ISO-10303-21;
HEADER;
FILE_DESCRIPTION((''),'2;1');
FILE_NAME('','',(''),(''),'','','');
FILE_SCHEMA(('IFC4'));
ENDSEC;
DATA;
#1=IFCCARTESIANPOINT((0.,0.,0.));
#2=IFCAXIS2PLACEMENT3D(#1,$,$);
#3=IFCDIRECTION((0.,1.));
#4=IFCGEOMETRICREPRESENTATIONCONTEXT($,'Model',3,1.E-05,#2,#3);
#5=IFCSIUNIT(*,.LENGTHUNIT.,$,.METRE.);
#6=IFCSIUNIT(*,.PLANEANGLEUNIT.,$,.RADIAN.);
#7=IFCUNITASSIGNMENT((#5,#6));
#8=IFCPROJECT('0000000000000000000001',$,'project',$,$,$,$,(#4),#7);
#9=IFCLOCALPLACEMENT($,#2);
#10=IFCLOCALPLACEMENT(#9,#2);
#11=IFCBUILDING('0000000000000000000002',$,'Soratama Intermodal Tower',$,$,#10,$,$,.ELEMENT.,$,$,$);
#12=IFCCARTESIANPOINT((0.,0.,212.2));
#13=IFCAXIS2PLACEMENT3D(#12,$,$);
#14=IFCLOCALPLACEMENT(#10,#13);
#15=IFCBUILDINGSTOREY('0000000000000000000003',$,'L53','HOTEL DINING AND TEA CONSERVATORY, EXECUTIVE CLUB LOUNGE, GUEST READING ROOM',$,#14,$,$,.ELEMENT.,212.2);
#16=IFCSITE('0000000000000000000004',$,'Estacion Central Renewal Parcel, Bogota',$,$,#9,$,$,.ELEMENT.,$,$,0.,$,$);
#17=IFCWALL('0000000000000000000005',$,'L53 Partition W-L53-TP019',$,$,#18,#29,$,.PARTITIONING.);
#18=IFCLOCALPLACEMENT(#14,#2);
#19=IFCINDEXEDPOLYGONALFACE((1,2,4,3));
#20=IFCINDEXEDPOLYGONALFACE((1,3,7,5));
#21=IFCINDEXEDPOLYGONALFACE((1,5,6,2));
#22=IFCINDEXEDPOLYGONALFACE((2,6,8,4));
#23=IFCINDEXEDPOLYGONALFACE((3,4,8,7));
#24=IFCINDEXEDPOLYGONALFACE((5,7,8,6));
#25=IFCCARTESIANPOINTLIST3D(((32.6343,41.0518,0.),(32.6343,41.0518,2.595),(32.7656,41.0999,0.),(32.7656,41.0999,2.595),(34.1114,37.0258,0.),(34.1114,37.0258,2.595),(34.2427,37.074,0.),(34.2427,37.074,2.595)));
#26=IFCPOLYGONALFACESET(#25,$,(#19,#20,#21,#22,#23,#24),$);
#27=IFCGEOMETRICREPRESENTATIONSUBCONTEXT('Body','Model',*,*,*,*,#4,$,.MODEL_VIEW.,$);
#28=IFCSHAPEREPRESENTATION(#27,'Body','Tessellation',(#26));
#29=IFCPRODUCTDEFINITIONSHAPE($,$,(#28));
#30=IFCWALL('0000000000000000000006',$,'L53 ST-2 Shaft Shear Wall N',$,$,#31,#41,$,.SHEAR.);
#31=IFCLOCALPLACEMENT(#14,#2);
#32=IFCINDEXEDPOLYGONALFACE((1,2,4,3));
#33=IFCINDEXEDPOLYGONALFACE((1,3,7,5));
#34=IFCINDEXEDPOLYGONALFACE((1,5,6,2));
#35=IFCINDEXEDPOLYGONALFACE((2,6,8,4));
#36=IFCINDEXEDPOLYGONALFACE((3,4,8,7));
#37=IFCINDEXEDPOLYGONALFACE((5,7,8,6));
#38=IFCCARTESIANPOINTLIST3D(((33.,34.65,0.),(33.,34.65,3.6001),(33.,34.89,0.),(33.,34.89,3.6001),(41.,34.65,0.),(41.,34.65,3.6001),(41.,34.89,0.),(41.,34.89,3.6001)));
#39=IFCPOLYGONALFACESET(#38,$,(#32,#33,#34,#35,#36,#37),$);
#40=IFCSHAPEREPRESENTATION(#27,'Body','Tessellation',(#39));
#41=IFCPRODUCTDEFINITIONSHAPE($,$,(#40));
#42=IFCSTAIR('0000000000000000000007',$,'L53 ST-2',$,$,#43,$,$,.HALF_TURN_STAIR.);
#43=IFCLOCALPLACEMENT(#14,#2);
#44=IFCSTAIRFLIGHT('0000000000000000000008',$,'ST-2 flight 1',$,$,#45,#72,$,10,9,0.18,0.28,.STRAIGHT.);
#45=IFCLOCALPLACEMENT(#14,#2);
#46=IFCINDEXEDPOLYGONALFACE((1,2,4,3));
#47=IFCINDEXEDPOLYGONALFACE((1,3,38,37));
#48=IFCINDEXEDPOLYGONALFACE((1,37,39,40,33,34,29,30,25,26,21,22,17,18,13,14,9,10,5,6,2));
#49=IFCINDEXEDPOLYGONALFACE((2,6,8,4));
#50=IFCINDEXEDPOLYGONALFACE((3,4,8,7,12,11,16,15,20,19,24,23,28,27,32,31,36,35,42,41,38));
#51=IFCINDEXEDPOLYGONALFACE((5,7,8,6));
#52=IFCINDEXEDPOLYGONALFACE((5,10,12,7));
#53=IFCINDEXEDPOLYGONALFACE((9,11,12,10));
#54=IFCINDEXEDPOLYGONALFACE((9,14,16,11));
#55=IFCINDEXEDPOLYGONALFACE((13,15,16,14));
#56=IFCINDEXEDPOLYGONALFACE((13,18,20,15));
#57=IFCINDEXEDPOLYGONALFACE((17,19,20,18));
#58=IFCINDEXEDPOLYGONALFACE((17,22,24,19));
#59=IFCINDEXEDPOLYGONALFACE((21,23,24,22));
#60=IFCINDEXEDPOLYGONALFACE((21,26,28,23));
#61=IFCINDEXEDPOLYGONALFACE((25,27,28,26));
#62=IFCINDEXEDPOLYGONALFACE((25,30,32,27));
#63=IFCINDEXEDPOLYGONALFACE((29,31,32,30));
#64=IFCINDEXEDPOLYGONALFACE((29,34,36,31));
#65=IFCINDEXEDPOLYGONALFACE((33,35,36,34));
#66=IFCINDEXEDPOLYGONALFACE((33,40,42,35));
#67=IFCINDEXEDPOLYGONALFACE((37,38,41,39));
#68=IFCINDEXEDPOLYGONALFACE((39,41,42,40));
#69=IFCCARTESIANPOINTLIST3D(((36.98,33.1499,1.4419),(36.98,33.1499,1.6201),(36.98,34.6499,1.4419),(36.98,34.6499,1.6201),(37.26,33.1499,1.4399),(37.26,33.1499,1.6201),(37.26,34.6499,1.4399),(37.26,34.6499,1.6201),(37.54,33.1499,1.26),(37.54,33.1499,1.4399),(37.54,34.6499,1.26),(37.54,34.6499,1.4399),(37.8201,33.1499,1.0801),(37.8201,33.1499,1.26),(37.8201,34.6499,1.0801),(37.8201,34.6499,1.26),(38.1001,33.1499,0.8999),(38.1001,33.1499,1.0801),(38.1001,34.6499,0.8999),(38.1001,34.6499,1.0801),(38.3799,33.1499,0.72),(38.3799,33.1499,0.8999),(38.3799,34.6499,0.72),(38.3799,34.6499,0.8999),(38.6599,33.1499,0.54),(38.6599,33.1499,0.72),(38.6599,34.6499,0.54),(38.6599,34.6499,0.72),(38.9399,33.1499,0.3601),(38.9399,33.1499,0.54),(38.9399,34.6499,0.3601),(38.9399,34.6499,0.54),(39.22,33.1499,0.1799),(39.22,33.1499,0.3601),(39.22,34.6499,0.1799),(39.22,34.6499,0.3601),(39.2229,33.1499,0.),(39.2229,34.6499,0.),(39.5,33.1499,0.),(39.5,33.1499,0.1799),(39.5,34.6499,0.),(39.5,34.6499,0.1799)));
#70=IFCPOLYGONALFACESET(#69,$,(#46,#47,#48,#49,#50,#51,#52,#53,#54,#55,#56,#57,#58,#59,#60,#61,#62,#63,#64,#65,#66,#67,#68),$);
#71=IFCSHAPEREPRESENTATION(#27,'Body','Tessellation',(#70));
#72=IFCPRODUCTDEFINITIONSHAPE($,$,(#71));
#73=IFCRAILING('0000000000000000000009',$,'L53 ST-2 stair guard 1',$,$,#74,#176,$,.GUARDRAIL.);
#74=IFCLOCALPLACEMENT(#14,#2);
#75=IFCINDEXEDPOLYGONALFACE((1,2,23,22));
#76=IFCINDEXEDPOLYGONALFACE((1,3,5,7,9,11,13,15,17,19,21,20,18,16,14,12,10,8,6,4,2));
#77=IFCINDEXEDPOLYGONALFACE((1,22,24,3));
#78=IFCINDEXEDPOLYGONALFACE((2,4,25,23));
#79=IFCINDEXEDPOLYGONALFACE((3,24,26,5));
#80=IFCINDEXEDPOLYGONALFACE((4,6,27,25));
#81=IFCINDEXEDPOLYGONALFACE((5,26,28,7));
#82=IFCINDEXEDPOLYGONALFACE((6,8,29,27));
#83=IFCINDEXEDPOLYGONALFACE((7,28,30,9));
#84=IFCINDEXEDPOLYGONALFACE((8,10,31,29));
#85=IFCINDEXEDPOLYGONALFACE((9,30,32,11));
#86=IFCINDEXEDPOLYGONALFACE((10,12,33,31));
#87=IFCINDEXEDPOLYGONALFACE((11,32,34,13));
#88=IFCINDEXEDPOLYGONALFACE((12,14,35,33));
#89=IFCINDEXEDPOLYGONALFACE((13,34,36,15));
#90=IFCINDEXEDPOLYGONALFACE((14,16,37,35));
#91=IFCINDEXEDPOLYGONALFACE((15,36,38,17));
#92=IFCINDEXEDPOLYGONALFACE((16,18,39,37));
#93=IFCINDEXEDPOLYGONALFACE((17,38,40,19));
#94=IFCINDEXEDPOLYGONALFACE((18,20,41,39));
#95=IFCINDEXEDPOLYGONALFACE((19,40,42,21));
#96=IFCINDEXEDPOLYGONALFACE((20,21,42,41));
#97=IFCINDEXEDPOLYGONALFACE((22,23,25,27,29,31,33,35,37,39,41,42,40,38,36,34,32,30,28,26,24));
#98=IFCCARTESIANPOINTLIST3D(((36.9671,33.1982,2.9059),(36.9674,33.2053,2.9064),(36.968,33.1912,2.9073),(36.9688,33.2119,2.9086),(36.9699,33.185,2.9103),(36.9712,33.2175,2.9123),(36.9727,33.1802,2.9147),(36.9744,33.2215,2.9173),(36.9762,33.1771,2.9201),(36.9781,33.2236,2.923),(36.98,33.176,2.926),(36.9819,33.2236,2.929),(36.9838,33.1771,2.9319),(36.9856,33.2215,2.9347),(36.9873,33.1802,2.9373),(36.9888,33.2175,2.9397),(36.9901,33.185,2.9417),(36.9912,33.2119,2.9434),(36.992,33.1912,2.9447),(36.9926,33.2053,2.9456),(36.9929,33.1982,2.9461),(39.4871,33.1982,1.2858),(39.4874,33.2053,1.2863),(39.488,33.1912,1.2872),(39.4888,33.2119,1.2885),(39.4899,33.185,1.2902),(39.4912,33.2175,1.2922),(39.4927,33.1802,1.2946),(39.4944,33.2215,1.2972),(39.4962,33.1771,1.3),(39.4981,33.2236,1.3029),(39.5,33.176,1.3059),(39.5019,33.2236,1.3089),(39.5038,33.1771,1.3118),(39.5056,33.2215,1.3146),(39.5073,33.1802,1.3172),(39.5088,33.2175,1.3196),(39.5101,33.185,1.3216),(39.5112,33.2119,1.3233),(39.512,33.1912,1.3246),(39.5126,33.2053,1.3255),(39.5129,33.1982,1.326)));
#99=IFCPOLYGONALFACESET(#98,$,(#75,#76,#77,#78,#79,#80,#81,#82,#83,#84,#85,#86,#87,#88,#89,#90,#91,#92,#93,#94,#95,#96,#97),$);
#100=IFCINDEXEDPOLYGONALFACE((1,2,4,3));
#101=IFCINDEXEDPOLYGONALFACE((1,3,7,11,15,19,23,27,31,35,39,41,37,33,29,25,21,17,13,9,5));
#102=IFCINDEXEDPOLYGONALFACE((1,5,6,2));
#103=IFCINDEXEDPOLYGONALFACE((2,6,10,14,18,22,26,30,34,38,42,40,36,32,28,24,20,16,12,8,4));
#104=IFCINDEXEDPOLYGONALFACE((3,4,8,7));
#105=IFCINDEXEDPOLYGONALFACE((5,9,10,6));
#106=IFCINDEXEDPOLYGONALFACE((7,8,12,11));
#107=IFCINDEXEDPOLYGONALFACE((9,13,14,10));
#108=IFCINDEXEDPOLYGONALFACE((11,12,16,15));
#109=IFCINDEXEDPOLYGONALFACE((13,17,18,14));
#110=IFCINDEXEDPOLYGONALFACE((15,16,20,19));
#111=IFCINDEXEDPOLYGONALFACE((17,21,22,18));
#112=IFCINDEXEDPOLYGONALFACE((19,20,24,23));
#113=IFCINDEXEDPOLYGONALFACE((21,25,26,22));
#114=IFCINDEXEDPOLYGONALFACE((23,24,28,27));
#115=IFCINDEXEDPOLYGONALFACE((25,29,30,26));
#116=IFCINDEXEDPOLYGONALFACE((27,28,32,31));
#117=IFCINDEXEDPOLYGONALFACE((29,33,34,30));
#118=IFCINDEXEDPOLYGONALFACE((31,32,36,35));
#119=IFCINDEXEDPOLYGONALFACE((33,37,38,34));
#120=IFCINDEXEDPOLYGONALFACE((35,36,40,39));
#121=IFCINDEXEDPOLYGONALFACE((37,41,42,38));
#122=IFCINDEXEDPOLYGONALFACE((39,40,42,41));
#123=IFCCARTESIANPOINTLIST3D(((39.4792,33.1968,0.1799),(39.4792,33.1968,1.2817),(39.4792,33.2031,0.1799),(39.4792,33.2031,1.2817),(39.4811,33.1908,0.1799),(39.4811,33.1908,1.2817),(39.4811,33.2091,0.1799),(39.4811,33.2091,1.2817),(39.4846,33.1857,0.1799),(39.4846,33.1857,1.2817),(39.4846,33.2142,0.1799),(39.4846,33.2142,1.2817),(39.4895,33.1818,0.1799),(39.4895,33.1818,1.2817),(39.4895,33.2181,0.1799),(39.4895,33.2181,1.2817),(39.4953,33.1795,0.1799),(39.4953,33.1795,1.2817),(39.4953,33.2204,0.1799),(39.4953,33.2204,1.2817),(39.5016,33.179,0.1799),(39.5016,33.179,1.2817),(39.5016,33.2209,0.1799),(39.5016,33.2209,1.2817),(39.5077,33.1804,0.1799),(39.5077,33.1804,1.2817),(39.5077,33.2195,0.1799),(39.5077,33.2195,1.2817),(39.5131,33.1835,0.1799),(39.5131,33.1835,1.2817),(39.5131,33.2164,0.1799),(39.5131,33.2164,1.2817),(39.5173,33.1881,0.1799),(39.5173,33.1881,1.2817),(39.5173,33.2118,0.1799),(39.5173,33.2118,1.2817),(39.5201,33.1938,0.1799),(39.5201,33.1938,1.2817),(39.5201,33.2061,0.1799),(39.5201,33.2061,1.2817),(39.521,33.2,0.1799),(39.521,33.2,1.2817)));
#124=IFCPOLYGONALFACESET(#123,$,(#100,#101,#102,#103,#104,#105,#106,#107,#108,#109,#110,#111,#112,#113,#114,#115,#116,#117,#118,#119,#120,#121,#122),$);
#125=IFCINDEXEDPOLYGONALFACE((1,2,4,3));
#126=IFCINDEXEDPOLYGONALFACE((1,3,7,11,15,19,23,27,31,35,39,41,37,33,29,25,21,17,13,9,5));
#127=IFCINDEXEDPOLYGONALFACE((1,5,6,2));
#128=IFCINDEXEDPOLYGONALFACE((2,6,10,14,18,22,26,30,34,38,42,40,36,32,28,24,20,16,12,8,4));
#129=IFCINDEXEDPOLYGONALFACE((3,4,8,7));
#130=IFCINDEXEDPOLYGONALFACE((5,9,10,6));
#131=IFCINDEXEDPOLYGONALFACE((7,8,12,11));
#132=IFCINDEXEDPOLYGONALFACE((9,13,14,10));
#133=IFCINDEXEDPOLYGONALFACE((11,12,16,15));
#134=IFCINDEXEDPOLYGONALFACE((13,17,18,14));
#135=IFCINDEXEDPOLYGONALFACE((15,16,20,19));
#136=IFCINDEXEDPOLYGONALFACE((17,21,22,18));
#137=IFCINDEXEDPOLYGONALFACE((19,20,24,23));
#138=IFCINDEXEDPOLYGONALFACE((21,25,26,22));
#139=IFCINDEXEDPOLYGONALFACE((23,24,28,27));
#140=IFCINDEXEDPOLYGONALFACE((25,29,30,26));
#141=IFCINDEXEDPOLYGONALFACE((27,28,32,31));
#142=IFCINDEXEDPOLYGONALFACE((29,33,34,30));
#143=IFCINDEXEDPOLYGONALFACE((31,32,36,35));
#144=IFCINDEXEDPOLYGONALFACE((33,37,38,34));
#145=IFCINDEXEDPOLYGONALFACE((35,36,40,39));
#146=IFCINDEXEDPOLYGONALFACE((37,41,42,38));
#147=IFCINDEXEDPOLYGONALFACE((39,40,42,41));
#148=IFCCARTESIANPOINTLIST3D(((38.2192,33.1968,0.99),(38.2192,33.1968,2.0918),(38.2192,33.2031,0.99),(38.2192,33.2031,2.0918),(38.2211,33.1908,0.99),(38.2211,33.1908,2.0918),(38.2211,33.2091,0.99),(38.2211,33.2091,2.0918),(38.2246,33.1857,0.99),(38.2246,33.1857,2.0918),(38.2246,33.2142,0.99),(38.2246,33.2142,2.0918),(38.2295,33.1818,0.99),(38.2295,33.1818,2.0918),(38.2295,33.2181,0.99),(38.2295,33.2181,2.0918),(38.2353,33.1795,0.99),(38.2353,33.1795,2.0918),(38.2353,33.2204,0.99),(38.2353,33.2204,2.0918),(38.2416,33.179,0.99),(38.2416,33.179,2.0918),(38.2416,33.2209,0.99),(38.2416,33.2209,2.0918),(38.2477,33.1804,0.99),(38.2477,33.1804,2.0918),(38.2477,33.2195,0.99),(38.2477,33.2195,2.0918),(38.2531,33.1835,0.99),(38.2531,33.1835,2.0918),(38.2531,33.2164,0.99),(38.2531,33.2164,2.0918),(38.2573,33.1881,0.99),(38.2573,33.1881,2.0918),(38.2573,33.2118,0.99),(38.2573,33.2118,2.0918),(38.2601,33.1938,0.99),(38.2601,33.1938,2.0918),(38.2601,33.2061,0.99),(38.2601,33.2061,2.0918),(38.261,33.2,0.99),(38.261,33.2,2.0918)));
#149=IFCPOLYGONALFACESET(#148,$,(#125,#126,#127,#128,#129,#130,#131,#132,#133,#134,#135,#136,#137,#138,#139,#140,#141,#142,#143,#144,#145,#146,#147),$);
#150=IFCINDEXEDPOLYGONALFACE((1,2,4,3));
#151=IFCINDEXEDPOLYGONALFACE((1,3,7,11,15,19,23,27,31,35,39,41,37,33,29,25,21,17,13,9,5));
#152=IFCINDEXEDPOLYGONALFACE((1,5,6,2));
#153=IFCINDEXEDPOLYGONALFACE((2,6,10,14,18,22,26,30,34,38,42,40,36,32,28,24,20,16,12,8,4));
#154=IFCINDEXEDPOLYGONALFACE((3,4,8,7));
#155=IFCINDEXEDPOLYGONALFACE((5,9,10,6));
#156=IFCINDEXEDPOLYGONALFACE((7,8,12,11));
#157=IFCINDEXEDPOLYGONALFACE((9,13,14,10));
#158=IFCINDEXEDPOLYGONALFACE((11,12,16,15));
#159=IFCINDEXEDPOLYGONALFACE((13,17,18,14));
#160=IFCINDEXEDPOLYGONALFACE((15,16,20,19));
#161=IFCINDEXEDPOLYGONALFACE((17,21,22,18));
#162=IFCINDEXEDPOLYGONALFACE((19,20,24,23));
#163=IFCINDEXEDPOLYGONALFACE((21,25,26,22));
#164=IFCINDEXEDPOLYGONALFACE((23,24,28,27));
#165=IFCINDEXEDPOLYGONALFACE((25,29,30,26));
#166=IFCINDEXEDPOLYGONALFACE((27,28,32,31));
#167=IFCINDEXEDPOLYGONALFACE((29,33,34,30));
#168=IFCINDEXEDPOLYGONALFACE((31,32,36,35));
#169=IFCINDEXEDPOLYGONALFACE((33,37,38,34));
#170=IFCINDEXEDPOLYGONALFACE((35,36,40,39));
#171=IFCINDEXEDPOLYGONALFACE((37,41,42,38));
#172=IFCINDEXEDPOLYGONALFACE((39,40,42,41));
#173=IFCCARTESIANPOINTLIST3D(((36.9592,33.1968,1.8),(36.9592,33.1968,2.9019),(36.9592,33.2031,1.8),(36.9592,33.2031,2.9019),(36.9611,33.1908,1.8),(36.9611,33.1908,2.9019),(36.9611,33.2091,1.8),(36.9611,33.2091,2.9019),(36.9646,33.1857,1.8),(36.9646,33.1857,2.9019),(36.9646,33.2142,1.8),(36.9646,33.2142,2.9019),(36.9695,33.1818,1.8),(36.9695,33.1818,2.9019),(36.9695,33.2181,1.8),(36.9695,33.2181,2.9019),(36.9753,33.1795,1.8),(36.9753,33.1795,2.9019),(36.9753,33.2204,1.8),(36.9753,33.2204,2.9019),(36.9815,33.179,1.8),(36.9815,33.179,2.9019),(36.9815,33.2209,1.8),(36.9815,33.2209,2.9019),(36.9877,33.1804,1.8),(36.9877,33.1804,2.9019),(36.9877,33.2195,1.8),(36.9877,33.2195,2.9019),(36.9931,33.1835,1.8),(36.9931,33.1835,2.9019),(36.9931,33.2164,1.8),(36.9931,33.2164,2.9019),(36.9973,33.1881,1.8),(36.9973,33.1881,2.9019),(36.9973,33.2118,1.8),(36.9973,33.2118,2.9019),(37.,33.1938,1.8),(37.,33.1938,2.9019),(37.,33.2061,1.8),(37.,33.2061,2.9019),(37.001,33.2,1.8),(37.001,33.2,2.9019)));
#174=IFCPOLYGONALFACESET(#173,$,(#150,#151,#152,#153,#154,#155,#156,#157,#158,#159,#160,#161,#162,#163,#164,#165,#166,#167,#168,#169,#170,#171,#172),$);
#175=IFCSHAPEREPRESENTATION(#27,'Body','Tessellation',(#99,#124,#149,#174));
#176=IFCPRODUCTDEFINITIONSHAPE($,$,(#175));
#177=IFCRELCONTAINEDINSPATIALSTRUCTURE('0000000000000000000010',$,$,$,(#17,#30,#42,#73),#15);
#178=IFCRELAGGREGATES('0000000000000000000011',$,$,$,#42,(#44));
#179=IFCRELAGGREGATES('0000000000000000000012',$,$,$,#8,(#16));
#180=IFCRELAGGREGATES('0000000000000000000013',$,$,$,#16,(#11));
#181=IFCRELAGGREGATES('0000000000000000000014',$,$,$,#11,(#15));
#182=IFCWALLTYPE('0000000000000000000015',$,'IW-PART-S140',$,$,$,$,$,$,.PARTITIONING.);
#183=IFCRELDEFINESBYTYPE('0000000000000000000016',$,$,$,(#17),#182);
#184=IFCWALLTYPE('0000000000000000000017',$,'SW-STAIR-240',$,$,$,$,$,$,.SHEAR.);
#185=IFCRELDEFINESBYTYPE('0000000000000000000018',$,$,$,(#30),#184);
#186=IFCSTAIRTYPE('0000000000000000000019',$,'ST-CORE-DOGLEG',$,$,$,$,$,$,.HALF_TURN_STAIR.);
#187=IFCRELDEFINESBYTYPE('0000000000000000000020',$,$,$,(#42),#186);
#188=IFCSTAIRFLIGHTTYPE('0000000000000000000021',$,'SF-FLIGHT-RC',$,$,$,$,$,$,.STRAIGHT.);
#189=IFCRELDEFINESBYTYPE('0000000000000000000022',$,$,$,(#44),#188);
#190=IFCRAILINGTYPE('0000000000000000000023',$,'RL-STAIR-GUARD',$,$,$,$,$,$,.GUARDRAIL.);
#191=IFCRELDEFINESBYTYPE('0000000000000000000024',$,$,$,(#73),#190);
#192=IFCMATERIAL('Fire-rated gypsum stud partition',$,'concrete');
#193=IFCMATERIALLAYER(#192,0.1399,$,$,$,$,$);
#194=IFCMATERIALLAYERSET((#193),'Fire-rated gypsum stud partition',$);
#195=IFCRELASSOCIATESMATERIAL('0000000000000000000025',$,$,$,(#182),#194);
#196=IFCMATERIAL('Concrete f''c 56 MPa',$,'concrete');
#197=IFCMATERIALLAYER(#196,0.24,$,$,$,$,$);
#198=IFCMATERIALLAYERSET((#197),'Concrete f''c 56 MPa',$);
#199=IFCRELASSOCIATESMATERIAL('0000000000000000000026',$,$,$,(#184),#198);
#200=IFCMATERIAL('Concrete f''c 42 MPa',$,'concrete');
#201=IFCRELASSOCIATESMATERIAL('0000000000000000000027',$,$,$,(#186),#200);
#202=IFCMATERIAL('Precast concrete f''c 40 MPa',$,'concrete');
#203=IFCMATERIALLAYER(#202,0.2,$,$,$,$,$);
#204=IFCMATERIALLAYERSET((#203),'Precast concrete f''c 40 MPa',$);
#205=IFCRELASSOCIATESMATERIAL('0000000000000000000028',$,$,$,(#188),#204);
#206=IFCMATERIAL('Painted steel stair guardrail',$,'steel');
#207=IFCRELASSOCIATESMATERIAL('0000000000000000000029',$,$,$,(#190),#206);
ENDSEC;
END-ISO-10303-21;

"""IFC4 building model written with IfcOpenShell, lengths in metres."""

from ifc_helpers import new_model, si_unit, direction, frame, frame_2d, origin, origin_2d, place, context, subcontext, project, spatial, polyline, rectangle, circle, outline, extrude, material, layer, layer_set, type_object, element, aggregate, save


model = new_model("IFC4")

# Units and contexts
model_context = context("Model", 3, precision=1e-05, world=origin(), true_north=direction((0.0, 1.0)))
body_context = subcontext(model_context, "Body", "Model", "MODEL_VIEW")
ifc_project = project(units=[si_unit("LENGTHUNIT", "METRE"), si_unit("PLANEANGLEUNIT", "RADIAN")], contexts=[model_context])

# Site, building, storey
site_placement = place(None, origin())
site = spatial("IfcSite", under=ifc_project, at=site_placement, Name="Estacion Central Renewal Parcel, Bogota", CompositionType="ELEMENT", RefElevation=0.0)
building_placement = place(site_placement, origin())
building = spatial("IfcBuilding", under=site, at=building_placement, Name="Soratama Intermodal Tower", CompositionType="ELEMENT")
storey_placement = place(building_placement, frame((0.0, 0.0, 212.2)))
storey = spatial("IfcBuildingStorey", under=building, at=storey_placement, Name="L53", Description="HOTEL DINING AND TEA CONSERVATORY, EXECUTIVE CLUB LOUNGE, GUEST READING ROOM", CompositionType="ELEMENT", Elevation=212.2)

# Walls
ifc_material_1 = material(Name="Fire-rated gypsum stud partition", Category="concrete")
ifc_layer_1 = layer(ifc_material_1, 0.1399)
ifc_layer_set_1 = layer_set([ifc_layer_1], Name="Fire-rated gypsum stud partition")
wall_type_1 = type_object("IfcWallType", Name="IW-PART-S140", PredefinedType="PARTITIONING", material=ifc_layer_set_1)
wall_1_placement = place(storey_placement, frame((34.177, 37.05, 0.0), z_axis=(0.0, 0.0, 1.0), x_axis=(-0.344439, 0.938809, 0.0)))
element("IfcWall", 1, at=wall_1_placement, inside=storey, type_object=wall_type_1, Name="L53 Partition W-L53-TP019", PredefinedType="PARTITIONING", context=body_context, shape_type="SweptSolid", body=[
    extrude(rectangle(XDim=4.2883, YDim=0.1399, at=frame_2d((2.144, 0.0))), origin(), (0.0, 0.0, 1.0), 2.595),
])
ifc_material_2 = material(Name="Concrete f'c 56 MPa", Category="concrete")
ifc_layer_2 = layer(ifc_material_2, 0.24)
ifc_layer_set_2 = layer_set([ifc_layer_2], Name="Concrete f'c 56 MPa")
wall_type_2 = type_object("IfcWallType", Name="SW-STAIR-240", PredefinedType="SHEAR", material=ifc_layer_set_2)
wall_2_placement = place(storey_placement, frame((33.0, 34.77, 0.0), z_axis=(0.0, 0.0, 1.0), x_axis=(1.0, 0.0, 0.0)))
element("IfcWall", 2, at=wall_2_placement, inside=storey, type_object=wall_type_2, Name="L53 ST-2 Shaft Shear Wall N", PredefinedType="SHEAR", context=body_context, shape_type="SweptSolid", body=[
    extrude(rectangle(XDim=8.0, YDim=0.24, at=frame_2d((4.0, 0.0))), origin(), (0.0, 0.0, 1.0), 3.6001),
])

# Stair, stair flight
ifc_material_3 = material(Name="Concrete f'c 42 MPa", Category="concrete")
stair_type = type_object("IfcStairType", Name="ST-CORE-DOGLEG", PredefinedType="HALF_TURN_STAIR", material=ifc_material_3)
stair_placement = place(storey_placement, origin())
stair = element("IfcStair", 3, at=stair_placement, inside=storey, type_object=stair_type, Name="L53 ST-2", PredefinedType="HALF_TURN_STAIR")
ifc_material_4 = material(Name="Precast concrete f'c 40 MPa", Category="concrete")
ifc_layer_3 = layer(ifc_material_4, 0.2)
ifc_layer_set_3 = layer_set([ifc_layer_3], Name="Precast concrete f'c 40 MPa")
stair_flight_type = type_object("IfcStairFlightType", Name="SF-FLIGHT-RC", PredefinedType="STRAIGHT", material=ifc_layer_set_3)
stair_flight_placement = place(storey_placement, frame((39.5, 33.8999, 0.0), z_axis=(0.0, 0.0, 1.0), x_axis=(-1.0, 0.0, 0.0)))
stair_flight = element("IfcStairFlight", 4, at=stair_flight_placement, type_object=stair_flight_type, Name="ST-2 flight 1", NumberOfRisers=10, NumberOfTreads=9, PredefinedType="STRAIGHT", RiserHeight=0.18, TreadLength=0.28, context=body_context, shape_type="SweptSolid", body=[
    extrude(outline(polyline([(0.0, 0.0), (0.0, 0.1799), (0.28, 0.1799), (0.28, 0.3601), (0.5601, 0.3601), (0.5601, 0.54), (0.8401, 0.54), (0.8401, 0.72), (1.1201, 0.72), (1.1201, 0.8999), (1.3999, 0.8999), (1.3999, 1.0801), (1.6799, 1.0801), (1.6799, 1.26), (1.96, 1.26), (1.96, 1.4399), (2.24, 1.4399), (2.24, 1.6201), (2.52, 1.6201), (2.52, 1.8), (2.52, 1.4419), (0.2771, 0.0), (0.0, 0.0)])), frame((0.0, 0.75, 0.0), z_axis=(0.0, -1.0, 0.0), x_axis=(1.0, 0.0, 0.0)), (0.0, 0.0, 1.0), 1.5),
])
aggregate(stair, [stair_flight])

# Railing
ifc_material_5 = material(Name="Painted steel stair guardrail", Category="steel")
railing_type_1 = type_object("IfcRailingType", Name="RL-STAIR-GUARD", PredefinedType="GUARDRAIL", material=ifc_material_5)
railing_1_placement = place(storey_placement, frame((39.5, 33.2, 0.1799)))
element("IfcRailing", 5, at=railing_1_placement, inside=storey, type_object=railing_type_1, Name="L53 ST-2 stair guard 1", PredefinedType="GUARDRAIL", context=body_context, shape_type="SweptSolid", body=[
    extrude(circle(Radius=0.0239, at=origin_2d()), frame((0.0, 0.0, 1.126), z_axis=(-0.841163, 0.0, 0.540782), x_axis=(0.0, -1.0, 0.0)), (0.0, 0.0, 1.0), 2.9958),
    extrude(circle(Radius=0.021, at=origin_2d()), origin(), (0.0, 0.0, 1.0), 1.1018),
    extrude(circle(Radius=0.021, at=origin_2d()), frame((-1.26, 0.0, 0.8101)), (0.0, 0.0, 1.0), 1.1018),
    extrude(circle(Radius=0.021, at=origin_2d()), frame((-2.52, 0.0, 1.6201)), (0.0, 0.0, 1.0), 1.1018),
])

save(model, "model.ifc")
